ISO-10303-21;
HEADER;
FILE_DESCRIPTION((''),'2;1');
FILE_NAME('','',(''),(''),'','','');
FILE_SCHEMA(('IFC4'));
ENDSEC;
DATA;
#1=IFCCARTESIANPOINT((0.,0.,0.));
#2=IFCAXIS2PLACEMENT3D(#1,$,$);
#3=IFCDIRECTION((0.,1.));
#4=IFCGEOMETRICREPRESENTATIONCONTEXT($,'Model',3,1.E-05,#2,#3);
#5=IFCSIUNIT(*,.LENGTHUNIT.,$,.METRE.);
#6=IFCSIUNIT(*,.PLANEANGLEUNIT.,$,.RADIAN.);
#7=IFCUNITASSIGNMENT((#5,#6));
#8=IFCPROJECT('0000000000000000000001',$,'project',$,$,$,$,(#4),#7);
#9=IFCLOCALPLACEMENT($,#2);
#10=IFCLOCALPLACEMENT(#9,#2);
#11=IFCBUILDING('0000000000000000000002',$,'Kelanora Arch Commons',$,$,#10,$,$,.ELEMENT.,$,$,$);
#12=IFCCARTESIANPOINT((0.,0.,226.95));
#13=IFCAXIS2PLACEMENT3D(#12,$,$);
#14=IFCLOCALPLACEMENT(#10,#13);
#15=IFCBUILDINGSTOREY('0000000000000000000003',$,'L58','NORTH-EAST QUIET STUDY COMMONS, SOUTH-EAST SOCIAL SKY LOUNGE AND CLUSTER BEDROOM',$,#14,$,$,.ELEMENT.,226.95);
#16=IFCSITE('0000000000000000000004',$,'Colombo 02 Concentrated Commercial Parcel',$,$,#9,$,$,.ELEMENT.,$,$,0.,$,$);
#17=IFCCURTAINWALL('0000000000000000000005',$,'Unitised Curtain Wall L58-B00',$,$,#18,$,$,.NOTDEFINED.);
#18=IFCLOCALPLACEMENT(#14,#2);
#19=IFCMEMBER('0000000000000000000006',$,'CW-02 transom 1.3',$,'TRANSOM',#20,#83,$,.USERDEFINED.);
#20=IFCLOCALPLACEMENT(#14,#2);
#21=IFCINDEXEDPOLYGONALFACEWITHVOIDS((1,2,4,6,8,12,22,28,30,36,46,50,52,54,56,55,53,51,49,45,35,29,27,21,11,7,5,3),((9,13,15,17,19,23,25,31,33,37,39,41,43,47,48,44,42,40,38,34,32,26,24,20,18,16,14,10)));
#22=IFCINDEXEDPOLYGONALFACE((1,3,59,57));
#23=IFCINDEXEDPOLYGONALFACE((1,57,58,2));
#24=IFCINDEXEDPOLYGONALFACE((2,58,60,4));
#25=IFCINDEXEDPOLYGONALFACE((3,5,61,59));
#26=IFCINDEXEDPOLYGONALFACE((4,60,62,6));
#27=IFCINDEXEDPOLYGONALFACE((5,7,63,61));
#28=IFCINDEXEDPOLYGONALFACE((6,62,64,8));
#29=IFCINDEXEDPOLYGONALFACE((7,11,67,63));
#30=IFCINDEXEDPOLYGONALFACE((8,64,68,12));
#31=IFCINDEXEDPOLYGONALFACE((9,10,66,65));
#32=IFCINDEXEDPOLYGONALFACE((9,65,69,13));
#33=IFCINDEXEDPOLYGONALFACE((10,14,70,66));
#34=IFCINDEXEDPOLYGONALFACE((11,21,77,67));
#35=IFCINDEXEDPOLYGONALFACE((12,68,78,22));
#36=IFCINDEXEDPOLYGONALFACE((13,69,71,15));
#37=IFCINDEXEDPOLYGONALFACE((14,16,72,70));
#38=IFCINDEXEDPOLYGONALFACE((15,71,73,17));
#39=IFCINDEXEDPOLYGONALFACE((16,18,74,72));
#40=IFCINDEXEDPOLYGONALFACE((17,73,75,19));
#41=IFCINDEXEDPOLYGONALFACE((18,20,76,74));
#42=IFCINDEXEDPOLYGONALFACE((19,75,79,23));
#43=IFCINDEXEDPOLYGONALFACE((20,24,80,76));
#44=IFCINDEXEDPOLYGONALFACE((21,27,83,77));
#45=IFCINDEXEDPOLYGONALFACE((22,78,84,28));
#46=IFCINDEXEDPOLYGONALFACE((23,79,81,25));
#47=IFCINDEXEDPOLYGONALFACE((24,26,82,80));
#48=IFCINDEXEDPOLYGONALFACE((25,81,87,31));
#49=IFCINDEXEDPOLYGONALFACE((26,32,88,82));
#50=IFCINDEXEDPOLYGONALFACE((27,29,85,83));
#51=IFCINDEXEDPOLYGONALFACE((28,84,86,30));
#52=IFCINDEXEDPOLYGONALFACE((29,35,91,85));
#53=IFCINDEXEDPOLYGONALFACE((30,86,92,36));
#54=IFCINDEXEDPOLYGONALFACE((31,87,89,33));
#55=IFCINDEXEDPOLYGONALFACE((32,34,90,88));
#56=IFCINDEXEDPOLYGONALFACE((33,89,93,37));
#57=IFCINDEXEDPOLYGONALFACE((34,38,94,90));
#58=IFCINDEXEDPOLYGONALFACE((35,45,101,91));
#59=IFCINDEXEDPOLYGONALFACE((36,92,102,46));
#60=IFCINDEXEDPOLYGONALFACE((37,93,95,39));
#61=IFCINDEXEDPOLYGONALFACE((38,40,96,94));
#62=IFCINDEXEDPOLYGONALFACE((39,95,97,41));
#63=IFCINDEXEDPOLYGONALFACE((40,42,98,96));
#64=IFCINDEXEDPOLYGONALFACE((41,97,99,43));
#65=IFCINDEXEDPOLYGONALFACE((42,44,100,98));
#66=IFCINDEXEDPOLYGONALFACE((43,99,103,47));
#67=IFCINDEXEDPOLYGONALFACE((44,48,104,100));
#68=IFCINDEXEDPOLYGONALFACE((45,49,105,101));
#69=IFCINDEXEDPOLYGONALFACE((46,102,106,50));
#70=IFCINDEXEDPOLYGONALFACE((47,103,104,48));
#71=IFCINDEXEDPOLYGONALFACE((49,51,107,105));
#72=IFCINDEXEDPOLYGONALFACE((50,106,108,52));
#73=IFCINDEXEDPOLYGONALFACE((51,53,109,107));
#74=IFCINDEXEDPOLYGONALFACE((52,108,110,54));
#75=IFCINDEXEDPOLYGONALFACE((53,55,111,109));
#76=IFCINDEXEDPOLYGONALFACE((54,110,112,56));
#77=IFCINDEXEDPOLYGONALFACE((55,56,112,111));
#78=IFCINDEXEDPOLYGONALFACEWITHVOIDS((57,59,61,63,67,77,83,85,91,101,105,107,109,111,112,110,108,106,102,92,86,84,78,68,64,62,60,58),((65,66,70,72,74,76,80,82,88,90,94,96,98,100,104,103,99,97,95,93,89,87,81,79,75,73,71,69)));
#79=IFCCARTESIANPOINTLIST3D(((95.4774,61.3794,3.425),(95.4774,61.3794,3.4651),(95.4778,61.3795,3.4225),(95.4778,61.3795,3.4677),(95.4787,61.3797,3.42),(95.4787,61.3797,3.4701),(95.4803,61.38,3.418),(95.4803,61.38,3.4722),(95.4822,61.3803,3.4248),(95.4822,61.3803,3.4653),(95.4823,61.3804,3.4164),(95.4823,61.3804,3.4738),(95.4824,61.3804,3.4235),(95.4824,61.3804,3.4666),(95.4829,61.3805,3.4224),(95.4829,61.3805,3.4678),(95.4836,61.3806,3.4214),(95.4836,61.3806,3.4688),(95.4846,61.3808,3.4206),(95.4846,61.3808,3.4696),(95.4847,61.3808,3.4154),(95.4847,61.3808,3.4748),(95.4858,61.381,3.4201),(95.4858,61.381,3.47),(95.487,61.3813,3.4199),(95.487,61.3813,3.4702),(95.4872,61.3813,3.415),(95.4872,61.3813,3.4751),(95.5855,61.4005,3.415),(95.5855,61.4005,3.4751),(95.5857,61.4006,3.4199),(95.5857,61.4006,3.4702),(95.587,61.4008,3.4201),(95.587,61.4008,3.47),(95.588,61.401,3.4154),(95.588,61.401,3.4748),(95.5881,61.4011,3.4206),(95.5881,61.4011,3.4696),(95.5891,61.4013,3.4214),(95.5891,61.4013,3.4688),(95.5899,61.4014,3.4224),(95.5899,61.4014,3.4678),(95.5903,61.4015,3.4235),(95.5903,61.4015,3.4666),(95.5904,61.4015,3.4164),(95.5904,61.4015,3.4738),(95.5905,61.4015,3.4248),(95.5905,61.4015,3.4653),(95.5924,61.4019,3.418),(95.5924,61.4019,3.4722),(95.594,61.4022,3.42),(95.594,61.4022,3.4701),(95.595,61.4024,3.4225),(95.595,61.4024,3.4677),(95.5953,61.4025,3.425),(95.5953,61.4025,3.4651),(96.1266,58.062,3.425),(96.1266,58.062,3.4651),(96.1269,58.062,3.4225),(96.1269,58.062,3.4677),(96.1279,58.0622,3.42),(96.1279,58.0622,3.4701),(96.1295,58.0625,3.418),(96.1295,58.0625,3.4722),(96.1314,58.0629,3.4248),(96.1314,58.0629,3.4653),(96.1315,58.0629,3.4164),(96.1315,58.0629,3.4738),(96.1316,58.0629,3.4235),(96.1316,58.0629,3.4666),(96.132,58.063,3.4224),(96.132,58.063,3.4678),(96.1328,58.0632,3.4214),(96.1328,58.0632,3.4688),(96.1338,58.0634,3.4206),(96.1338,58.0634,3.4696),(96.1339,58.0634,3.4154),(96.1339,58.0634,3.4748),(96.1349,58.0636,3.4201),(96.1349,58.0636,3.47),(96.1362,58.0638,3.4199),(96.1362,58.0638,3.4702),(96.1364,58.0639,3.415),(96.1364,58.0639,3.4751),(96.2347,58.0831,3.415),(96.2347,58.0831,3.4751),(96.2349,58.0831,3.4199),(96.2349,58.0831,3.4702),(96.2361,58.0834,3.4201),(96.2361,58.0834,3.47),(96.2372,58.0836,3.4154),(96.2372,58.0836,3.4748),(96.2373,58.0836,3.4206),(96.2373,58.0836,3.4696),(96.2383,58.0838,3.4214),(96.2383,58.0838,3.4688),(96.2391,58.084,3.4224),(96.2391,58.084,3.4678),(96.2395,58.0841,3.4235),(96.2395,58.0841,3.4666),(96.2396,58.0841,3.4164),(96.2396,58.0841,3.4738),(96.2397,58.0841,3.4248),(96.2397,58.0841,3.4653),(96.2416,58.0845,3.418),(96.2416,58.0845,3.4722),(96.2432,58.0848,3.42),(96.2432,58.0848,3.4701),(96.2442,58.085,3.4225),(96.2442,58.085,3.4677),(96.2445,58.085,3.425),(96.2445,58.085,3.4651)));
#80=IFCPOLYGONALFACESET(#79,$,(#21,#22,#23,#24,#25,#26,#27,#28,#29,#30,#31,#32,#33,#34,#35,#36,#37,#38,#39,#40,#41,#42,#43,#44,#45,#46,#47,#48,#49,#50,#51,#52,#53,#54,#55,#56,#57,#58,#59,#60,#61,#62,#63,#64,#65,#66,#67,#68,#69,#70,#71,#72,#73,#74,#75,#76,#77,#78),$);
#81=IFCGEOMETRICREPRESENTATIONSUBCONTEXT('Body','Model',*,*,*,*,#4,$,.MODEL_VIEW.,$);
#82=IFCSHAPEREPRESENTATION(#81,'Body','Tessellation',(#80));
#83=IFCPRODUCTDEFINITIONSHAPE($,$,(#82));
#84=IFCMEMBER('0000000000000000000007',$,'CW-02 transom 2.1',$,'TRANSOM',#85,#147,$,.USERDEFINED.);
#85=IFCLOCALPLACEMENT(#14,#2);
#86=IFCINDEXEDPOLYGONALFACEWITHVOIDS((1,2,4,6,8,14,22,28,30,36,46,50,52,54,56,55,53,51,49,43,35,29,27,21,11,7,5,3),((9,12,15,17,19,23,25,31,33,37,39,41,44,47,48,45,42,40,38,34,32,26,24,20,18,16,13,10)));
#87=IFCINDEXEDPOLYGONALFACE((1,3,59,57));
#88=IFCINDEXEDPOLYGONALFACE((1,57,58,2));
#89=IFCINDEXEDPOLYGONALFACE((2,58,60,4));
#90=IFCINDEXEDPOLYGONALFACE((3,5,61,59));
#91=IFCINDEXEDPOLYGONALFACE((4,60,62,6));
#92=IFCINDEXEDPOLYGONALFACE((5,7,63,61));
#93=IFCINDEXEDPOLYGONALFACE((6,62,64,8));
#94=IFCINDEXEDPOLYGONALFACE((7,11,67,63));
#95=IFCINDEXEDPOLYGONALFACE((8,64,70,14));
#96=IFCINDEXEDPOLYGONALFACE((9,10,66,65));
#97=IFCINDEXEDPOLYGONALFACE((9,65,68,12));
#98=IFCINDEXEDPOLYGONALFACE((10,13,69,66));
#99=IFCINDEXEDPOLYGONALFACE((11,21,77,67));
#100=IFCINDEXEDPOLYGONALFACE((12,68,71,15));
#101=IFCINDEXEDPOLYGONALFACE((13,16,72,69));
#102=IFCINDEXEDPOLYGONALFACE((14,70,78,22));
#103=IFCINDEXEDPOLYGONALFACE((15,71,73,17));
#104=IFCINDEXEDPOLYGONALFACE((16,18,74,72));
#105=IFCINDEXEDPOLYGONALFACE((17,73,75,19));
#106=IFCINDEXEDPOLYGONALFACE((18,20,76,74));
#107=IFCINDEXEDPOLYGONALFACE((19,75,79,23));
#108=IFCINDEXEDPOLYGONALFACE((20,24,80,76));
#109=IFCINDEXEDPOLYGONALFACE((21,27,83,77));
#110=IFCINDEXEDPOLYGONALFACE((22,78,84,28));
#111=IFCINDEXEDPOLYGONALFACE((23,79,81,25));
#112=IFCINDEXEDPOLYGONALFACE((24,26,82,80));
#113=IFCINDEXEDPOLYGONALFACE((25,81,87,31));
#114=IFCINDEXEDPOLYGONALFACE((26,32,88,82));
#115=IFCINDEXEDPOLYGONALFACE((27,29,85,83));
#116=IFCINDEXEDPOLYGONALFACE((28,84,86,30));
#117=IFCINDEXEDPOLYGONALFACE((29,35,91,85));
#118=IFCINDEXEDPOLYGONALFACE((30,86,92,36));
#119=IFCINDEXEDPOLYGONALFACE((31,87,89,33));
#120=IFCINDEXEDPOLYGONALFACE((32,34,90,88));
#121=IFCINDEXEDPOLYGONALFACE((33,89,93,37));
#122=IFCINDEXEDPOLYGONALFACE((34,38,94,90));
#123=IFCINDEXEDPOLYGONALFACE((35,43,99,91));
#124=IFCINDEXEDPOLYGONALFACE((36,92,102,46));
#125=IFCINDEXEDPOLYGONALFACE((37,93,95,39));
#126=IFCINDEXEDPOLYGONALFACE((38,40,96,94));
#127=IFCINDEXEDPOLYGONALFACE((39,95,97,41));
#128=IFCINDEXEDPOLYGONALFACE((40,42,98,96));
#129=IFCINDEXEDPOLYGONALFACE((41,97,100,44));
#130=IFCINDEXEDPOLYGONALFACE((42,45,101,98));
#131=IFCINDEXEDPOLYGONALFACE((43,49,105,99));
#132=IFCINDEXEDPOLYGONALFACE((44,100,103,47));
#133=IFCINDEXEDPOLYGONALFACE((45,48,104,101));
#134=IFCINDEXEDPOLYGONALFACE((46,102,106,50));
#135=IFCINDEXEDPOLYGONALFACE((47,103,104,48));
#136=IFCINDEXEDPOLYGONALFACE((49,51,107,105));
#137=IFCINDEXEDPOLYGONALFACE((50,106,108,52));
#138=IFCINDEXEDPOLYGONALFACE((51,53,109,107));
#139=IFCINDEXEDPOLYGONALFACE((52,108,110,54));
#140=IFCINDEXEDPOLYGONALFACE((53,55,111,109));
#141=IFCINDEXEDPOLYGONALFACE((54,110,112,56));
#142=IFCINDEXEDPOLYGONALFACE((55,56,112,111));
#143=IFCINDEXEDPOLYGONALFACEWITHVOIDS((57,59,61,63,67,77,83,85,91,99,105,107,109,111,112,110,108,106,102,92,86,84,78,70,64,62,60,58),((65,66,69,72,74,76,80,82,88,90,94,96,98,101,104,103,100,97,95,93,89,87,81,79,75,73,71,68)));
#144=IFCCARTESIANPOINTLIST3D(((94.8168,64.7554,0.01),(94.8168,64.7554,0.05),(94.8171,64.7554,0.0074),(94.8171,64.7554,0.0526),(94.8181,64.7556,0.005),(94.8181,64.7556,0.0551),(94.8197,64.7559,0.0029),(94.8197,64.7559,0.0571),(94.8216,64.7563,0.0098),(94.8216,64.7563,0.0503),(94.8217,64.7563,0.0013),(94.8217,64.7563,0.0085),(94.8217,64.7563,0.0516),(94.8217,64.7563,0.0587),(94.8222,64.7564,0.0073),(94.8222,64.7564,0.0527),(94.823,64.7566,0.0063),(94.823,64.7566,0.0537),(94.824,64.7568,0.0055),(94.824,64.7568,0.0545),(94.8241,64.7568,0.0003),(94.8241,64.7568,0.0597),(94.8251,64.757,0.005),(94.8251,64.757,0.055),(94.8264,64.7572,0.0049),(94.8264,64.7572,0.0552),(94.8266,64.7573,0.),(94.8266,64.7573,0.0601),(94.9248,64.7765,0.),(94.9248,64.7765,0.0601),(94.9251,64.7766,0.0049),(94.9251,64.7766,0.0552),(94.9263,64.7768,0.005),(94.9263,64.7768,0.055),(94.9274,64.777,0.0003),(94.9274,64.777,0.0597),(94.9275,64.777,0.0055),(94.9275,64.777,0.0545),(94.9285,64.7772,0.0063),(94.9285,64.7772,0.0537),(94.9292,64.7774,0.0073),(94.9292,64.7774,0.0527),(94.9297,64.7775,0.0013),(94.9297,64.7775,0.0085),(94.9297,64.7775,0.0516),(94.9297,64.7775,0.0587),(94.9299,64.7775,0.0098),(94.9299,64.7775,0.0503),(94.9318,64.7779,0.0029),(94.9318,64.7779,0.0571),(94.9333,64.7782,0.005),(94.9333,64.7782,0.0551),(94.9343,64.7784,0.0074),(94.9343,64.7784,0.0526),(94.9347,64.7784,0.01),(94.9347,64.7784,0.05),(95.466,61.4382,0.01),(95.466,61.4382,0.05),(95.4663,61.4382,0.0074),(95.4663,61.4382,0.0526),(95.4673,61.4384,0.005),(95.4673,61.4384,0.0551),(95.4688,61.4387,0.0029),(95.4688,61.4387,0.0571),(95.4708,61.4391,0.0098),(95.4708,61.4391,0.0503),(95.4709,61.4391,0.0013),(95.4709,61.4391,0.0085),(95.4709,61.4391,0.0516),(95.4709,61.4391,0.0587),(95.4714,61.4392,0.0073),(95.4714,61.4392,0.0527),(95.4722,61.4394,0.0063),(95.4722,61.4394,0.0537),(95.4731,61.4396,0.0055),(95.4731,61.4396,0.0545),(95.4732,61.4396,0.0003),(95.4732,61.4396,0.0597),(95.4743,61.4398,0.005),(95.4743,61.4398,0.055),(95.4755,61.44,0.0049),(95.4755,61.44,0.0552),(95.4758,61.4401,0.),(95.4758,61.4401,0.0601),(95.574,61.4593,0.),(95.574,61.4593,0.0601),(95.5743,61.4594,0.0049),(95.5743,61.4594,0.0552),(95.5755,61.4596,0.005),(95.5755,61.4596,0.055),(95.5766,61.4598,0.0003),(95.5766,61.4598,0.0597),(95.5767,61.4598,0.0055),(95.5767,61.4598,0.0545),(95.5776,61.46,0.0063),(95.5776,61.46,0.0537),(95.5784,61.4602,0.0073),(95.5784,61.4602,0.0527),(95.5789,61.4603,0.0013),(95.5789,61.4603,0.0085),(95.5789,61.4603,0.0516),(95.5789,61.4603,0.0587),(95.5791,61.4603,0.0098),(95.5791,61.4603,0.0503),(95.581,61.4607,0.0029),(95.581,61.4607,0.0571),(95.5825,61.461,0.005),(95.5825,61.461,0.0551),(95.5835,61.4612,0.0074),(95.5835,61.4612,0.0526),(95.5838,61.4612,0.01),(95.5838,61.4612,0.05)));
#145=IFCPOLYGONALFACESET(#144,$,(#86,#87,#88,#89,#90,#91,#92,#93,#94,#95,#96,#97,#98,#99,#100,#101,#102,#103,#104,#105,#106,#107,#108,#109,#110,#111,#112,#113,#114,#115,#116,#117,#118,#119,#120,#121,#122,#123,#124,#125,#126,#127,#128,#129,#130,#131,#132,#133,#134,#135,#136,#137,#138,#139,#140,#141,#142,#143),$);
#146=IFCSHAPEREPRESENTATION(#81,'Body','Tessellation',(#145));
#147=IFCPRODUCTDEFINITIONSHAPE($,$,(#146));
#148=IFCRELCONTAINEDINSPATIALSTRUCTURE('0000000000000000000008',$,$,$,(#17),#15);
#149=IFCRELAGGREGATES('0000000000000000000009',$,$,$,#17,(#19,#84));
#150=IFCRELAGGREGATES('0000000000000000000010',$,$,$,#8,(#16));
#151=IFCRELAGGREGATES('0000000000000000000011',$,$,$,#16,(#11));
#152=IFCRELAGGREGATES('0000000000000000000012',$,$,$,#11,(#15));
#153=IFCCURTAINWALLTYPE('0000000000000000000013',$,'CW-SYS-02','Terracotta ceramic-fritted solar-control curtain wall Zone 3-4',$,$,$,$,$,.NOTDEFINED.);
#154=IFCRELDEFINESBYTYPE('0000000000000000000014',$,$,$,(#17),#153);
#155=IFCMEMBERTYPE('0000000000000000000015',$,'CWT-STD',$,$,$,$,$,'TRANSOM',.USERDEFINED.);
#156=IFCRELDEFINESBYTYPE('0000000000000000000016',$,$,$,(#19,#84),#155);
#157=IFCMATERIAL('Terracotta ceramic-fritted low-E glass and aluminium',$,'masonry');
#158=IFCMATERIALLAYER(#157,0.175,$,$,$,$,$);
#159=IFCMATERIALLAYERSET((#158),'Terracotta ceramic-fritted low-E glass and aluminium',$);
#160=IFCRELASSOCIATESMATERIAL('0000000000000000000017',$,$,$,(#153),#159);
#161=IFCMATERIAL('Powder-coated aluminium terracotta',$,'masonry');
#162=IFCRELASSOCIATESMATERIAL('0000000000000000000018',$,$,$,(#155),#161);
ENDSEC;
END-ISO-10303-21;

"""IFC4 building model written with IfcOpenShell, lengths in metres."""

from ifc_helpers import new_model, si_unit, direction, frame, origin, origin_2d, place, context, subcontext, project, spatial, hollow_rectangle, extrude, material, layer, layer_set, material_profile, profile_set, type_object, element, aggregate, save


model = new_model("IFC4")

# Units and contexts
model_context = context("Model", 3, precision=1e-05, world=origin(), true_north=direction((0.0, 1.0)))
body_context = subcontext(model_context, "Body", "Model", "MODEL_VIEW")
ifc_project = project(units=[si_unit("LENGTHUNIT", "METRE"), si_unit("PLANEANGLEUNIT", "RADIAN")], contexts=[model_context])

# Site, building, storey
site_placement = place(None, origin())
site = spatial("IfcSite", under=ifc_project, at=site_placement, Name="Colombo 02 Concentrated Commercial Parcel", CompositionType="ELEMENT", RefElevation=0.0)
building_placement = place(site_placement, origin())
building = spatial("IfcBuilding", under=site, at=building_placement, Name="Kelanora Arch Commons", CompositionType="ELEMENT")
storey_placement = place(building_placement, frame((0.0, 0.0, 226.95)))
storey = spatial("IfcBuildingStorey", under=building, at=storey_placement, Name="L58", Description="NORTH-EAST QUIET STUDY COMMONS, SOUTH-EAST SOCIAL SKY LOUNGE AND CLUSTER BEDROOM", CompositionType="ELEMENT", Elevation=226.95)

# Curtain wall, members
ifc_material_1 = material(Name="Terracotta ceramic-fritted low-E glass and aluminium", Category="masonry")
ifc_layer_1 = layer(ifc_material_1, 0.175)
ifc_layer_set_1 = layer_set([ifc_layer_1], Name="Terracotta ceramic-fritted low-E glass and aluminium")
curtain_wall_type = type_object("IfcCurtainWallType", Name="CW-SYS-02", Description="Terracotta ceramic-fritted solar-control curtain wall Zone 3-4", PredefinedType="NOTDEFINED", material=ifc_layer_set_1)
curtain_wall_placement = place(storey_placement, origin())
curtain_wall = element("IfcCurtainWall", 1, at=curtain_wall_placement, inside=storey, type_object=curtain_wall_type, Name="Unitised Curtain Wall L58-B00", PredefinedType="NOTDEFINED")
ifc_material_2 = material(Name="Powder-coated aluminium terracotta", Category="masonry")
ifc_material_profile_1 = material_profile(ifc_material_2, hollow_rectangle(XDim=0.1201, YDim=0.0601, WallThickness=0.0049, InnerFilletRadius=0.0049, OuterFilletRadius=0.01, at=origin_2d()), Name="CWT120x60")
ifc_profile_set_1 = profile_set([ifc_material_profile_1], Name="Powder-coated aluminium terracotta")
member_type_1 = type_object("IfcMemberType", Name="CWT-STD", ElementType="TRANSOM", PredefinedType="USERDEFINED", material=ifc_profile_set_1)
member_1_placement = place(storey_placement, frame((96.1855, 58.0735, 3.4451), z_axis=(-0.192045, 0.981386, 0.0), x_axis=(-0.981386, -0.192045, 0.0)))
member_1 = element("IfcMember", 2, at=member_1_placement, type_object=member_type_1, Name="CW-02 transom 1.3", ObjectType="TRANSOM", PredefinedType="USERDEFINED", context=body_context, shape_type="SweptSolid", body=[
    extrude(hollow_rectangle(XDim=0.1201, YDim=0.0601, WallThickness=0.0049, InnerFilletRadius=0.0049, OuterFilletRadius=0.01, at=origin_2d()), origin(), (0.0, 0.0, 1.0), 3.3804),
])
member_2_placement = place(storey_placement, frame((95.5249, 61.4497, 0.03), z_axis=(-0.192058, 0.981383, 0.0), x_axis=(-0.981383, -0.192058, 0.0)))
member_2 = element("IfcMember", 3, at=member_2_placement, type_object=member_type_1, Name="CW-02 transom 2.1", ObjectType="TRANSOM", PredefinedType="USERDEFINED", context=body_context, shape_type="SweptSolid", body=[
    extrude(hollow_rectangle(XDim=0.1201, YDim=0.0601, WallThickness=0.0049, InnerFilletRadius=0.0049, OuterFilletRadius=0.01, at=origin_2d()), origin(), (0.0, 0.0, 1.0), 3.3801),
])
aggregate(curtain_wall, [member_1, member_2])

save(model, "model.ifc")
